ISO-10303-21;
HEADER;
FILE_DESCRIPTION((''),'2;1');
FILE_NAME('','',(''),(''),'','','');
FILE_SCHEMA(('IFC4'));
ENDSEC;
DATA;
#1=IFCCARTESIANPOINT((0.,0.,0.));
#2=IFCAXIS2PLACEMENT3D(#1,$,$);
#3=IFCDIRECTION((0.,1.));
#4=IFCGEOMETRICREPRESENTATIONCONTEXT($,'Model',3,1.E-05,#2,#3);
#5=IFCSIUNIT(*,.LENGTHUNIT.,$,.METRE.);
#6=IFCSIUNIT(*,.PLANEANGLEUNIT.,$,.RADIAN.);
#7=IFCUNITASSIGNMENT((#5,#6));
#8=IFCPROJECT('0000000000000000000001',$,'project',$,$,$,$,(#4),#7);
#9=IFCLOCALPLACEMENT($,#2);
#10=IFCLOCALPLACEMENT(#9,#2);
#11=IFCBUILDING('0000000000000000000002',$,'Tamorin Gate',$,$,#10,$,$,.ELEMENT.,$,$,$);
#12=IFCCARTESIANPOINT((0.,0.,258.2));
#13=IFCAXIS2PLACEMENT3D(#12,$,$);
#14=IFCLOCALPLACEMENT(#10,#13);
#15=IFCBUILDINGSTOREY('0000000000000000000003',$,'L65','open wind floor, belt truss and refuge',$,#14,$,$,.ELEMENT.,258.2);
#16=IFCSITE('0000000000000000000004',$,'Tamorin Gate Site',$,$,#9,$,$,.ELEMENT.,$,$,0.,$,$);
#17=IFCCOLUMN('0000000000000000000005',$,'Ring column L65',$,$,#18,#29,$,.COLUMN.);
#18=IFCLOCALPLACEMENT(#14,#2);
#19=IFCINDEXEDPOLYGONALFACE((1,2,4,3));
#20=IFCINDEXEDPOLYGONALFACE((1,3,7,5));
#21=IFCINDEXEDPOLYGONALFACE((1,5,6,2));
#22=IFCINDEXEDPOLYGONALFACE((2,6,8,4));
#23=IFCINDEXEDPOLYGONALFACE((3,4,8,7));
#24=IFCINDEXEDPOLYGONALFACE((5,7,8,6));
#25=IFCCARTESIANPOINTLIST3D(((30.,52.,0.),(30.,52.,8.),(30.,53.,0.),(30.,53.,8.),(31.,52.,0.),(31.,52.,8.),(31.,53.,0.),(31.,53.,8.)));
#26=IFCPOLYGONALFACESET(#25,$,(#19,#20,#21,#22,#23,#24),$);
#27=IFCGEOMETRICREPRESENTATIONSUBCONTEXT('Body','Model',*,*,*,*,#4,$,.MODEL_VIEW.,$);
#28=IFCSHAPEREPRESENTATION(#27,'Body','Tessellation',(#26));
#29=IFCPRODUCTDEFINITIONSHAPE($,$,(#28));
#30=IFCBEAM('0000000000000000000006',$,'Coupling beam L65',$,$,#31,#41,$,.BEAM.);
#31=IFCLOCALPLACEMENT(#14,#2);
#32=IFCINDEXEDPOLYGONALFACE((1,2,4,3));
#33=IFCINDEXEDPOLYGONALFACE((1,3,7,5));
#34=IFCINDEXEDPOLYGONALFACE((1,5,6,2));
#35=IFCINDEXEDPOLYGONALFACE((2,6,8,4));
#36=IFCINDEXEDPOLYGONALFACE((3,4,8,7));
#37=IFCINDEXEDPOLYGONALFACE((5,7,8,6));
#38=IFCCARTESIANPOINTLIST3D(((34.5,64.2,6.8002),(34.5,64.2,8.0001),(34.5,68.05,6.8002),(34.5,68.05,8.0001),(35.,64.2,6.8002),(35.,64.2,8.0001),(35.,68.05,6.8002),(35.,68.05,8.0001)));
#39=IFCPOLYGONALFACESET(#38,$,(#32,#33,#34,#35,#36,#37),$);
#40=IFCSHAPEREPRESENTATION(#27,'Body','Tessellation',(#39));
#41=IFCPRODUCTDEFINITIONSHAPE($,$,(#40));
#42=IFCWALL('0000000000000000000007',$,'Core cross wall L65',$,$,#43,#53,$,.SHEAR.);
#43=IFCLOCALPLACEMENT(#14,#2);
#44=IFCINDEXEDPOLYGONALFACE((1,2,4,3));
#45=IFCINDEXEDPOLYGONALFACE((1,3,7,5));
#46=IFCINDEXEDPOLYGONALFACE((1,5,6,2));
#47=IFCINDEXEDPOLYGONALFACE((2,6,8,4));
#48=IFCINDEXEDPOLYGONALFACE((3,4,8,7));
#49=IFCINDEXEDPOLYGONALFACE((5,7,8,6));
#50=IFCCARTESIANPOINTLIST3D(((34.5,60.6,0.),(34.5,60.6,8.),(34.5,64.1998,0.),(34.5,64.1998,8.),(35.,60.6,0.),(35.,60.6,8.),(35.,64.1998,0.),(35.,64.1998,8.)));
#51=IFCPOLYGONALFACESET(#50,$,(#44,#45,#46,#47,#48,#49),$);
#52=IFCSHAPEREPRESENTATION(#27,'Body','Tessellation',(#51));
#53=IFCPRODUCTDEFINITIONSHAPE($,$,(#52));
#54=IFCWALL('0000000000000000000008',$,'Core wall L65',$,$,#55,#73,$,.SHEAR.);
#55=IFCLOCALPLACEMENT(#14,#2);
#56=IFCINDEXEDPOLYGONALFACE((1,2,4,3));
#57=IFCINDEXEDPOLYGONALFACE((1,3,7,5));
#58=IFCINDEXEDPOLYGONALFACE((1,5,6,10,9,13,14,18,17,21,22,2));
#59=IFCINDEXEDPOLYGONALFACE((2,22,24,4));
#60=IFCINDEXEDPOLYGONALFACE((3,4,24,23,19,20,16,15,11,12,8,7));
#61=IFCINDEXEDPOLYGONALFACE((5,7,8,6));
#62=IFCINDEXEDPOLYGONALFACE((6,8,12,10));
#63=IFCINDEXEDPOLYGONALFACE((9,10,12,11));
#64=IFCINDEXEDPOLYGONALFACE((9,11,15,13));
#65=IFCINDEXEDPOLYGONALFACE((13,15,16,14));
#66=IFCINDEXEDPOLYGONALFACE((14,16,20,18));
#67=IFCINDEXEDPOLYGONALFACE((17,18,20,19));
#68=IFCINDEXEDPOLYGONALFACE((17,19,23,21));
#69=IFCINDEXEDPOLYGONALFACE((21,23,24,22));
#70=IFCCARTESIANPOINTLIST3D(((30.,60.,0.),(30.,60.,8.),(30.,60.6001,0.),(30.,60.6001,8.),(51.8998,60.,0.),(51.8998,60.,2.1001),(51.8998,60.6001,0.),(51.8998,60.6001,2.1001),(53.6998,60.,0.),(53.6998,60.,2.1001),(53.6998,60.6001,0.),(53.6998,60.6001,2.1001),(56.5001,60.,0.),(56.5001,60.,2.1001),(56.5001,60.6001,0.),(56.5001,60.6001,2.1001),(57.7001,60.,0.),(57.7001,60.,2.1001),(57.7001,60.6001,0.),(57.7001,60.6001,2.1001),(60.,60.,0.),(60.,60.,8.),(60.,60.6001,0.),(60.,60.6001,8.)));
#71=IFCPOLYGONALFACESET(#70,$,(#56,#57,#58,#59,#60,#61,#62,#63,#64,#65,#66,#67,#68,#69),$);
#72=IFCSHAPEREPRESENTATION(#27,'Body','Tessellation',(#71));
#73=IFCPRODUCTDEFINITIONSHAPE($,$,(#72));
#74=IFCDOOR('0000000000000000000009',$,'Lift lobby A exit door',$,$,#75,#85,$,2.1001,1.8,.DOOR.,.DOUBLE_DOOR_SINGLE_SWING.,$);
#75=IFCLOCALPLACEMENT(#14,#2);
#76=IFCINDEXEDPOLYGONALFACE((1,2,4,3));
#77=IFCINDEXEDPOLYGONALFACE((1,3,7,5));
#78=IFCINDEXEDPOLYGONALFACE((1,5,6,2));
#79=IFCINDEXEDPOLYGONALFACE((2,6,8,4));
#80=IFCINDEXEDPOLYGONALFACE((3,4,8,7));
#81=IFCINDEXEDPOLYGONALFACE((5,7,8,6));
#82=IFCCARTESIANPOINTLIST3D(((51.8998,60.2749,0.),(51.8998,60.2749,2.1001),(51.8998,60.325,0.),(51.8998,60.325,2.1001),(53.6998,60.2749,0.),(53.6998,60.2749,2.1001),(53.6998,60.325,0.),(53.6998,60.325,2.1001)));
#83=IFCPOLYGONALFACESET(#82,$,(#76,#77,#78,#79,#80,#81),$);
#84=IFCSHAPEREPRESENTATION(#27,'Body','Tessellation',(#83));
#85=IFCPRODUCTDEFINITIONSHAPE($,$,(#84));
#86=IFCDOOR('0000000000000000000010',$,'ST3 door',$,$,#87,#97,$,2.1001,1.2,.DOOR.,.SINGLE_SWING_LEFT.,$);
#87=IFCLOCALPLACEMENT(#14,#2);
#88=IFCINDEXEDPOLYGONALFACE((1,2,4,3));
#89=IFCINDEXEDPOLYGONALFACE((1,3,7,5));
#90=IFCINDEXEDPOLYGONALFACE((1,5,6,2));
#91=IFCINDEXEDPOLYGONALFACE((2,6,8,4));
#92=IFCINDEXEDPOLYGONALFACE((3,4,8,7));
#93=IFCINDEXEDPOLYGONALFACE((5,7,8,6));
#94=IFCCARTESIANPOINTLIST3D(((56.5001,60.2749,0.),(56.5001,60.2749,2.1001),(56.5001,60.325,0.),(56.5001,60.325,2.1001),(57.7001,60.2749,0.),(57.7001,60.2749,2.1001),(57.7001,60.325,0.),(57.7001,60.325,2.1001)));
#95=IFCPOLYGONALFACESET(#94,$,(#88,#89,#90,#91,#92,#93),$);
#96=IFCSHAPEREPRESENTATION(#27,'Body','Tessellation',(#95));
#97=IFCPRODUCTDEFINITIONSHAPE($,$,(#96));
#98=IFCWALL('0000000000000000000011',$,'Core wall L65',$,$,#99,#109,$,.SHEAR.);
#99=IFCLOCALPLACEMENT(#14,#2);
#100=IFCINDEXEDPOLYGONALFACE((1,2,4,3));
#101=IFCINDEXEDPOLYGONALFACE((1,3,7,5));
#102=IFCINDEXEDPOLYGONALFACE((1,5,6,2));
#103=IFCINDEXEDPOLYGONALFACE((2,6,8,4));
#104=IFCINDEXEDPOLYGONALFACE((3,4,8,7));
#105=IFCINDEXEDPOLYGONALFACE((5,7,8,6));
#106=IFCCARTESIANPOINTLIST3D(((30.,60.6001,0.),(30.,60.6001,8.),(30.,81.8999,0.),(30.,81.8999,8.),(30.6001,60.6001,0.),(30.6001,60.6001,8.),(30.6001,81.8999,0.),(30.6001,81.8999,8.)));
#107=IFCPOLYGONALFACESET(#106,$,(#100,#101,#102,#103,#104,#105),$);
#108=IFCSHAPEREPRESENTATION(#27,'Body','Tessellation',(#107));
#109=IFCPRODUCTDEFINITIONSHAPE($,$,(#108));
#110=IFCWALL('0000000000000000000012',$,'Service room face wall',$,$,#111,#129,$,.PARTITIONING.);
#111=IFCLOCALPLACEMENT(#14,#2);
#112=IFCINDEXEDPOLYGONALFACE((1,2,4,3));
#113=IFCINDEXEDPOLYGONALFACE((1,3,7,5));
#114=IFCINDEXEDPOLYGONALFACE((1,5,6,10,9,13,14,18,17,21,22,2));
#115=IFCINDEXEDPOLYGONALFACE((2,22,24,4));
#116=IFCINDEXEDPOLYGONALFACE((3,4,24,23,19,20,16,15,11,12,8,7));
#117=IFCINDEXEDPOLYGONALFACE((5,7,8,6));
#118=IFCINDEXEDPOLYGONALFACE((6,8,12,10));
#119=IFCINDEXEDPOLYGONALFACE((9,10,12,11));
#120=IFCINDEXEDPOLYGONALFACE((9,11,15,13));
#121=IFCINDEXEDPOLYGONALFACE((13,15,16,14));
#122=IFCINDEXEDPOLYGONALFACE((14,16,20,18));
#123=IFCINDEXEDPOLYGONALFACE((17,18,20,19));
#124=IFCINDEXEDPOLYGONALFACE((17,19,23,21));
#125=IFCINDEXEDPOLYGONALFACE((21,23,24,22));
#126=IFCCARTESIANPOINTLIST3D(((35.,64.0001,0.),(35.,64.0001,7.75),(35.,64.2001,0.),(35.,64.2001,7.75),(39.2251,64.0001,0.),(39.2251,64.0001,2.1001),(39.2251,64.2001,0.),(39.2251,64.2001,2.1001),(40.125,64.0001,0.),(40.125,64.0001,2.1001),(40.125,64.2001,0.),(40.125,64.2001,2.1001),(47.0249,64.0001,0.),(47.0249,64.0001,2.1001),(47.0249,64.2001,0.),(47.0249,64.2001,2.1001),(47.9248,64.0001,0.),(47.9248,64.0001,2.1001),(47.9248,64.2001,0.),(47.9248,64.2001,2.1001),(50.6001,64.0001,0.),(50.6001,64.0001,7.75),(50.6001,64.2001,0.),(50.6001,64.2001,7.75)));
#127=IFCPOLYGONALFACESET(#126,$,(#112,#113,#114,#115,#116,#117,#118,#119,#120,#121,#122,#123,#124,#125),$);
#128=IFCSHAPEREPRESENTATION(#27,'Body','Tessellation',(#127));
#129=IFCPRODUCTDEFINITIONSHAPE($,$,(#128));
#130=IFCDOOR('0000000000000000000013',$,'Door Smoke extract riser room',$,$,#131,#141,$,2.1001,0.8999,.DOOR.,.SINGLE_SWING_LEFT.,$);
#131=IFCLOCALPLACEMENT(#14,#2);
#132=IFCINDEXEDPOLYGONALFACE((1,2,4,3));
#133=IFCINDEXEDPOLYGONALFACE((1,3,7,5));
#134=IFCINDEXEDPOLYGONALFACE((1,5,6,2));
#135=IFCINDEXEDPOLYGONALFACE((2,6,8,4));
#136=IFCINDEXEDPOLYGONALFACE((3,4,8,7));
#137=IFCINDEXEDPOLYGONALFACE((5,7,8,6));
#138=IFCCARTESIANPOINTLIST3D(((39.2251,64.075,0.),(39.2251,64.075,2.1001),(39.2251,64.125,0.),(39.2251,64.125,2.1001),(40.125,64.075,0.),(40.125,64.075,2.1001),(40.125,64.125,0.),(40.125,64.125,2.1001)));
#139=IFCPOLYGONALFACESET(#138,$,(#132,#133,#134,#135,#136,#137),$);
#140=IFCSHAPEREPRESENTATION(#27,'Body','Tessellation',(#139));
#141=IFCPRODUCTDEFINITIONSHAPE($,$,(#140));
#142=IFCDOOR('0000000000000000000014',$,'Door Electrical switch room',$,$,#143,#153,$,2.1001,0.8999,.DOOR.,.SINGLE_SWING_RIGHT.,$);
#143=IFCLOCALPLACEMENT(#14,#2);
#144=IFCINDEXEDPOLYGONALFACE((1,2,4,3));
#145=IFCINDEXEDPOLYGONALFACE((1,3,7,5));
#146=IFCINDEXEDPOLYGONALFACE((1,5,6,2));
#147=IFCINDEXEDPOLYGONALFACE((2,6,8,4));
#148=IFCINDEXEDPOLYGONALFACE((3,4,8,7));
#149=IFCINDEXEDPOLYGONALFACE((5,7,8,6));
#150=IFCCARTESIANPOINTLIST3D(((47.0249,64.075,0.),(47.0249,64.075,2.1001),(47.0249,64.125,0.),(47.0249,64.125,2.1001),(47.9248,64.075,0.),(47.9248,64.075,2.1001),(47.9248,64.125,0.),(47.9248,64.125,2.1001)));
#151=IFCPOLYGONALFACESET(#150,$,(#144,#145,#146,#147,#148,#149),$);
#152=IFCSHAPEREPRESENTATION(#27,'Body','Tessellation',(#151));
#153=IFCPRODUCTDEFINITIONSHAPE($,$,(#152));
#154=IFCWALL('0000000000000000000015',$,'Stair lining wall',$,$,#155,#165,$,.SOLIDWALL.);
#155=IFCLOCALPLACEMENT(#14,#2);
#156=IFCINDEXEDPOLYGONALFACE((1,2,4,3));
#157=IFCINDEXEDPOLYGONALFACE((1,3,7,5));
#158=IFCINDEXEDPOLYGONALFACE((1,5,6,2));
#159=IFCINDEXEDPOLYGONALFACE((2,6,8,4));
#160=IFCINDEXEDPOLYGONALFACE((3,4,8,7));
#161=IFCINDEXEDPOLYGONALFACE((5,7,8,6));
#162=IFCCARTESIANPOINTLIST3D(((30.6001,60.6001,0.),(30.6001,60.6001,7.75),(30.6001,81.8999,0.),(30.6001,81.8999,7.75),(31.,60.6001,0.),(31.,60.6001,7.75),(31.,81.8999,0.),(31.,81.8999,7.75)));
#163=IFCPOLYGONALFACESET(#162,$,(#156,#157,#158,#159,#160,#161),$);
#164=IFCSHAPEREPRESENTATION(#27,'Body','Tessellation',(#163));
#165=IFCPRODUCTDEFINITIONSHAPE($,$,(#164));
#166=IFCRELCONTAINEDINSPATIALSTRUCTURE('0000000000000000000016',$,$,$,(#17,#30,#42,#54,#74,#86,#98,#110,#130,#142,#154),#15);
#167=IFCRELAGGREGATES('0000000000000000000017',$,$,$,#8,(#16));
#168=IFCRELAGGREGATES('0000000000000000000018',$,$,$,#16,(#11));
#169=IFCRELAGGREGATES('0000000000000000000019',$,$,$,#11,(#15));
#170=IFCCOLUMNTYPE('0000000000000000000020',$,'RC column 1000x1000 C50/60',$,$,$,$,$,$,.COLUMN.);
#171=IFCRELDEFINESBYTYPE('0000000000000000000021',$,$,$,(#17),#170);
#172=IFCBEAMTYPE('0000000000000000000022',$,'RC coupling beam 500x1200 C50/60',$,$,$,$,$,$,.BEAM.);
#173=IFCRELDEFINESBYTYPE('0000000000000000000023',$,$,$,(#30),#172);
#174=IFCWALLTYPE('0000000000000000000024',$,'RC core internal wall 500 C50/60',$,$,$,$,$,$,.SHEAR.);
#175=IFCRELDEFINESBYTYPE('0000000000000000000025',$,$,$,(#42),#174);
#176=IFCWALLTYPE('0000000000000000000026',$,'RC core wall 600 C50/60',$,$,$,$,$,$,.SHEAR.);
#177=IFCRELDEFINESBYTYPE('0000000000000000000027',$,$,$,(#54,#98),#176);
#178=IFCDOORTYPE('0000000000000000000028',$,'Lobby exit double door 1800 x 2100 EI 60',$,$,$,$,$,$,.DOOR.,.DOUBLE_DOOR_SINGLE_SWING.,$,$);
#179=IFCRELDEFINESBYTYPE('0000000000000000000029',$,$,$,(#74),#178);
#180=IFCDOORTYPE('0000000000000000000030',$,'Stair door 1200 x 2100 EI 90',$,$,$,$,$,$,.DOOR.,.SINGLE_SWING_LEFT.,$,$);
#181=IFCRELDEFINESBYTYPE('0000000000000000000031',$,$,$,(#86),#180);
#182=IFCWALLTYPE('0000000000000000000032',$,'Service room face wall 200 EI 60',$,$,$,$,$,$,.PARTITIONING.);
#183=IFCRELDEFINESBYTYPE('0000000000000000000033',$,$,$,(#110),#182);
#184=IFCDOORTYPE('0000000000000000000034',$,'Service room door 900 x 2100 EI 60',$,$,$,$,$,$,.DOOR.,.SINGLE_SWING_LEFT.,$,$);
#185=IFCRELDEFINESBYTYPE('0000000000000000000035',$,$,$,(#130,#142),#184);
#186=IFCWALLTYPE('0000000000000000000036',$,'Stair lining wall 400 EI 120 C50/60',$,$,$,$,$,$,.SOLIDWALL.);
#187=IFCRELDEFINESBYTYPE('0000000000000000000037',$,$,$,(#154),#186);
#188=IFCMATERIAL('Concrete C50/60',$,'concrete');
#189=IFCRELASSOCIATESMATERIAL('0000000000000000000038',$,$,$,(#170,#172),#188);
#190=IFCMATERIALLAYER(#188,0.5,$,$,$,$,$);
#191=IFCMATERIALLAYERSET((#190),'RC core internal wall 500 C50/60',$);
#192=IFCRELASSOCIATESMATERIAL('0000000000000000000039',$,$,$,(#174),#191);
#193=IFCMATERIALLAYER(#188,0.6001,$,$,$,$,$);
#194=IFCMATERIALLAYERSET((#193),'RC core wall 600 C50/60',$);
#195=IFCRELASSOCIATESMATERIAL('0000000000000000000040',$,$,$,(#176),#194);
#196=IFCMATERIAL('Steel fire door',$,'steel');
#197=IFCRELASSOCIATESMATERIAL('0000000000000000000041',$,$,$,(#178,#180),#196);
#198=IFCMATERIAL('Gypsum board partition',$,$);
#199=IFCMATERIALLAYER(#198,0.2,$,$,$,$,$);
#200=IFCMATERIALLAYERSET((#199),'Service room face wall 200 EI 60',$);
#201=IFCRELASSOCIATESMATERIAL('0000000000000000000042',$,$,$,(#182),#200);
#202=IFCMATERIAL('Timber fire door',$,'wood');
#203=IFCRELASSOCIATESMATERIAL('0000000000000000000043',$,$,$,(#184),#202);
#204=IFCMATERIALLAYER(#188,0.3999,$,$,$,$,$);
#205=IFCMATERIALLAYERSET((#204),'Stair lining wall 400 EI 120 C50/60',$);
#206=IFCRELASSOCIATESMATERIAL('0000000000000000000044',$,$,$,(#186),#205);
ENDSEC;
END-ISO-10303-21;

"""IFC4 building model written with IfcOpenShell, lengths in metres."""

from ifc_helpers import new_model, si_unit, direction, frame, frame_2d, origin, origin_2d, place, context, subcontext, project, spatial, rectangle, extrude, material, layer, layer_set, material_profile, profile_set, type_object, element, fill, save


model = new_model("IFC4")

# Units and contexts
model_context = context("Model", 3, precision=1e-05, world=origin(), true_north=direction((0.0, 1.0)))
body_context = subcontext(model_context, "Body", "Model", "MODEL_VIEW")
ifc_project = project(units=[si_unit("LENGTHUNIT", "METRE"), si_unit("PLANEANGLEUNIT", "RADIAN")], contexts=[model_context])

# Site, building, storey
site_placement = place(None, origin())
site = spatial("IfcSite", under=ifc_project, at=site_placement, Name="Tamorin Gate Site", CompositionType="ELEMENT", RefElevation=0.0)
building_placement = place(site_placement, origin())
building = spatial("IfcBuilding", under=site, at=building_placement, Name="Tamorin Gate", CompositionType="ELEMENT")
storey_placement = place(building_placement, frame((0.0, 0.0, 258.2)))
storey = spatial("IfcBuildingStorey", under=building, at=storey_placement, Name="L65", Description="open wind floor, belt truss and refuge", CompositionType="ELEMENT", Elevation=258.2)

# Column
ifc_material_1 = material(Name="Concrete C50/60", Category="concrete")
ifc_material_profile_1 = material_profile(ifc_material_1, rectangle(XDim=1.0, YDim=1.0, at=origin_2d()), Name="RC 1000x1000")
ifc_profile_set_1 = profile_set([ifc_material_profile_1], Name="Concrete C50/60")
column_type = type_object("IfcColumnType", Name="RC column 1000x1000 C50/60", PredefinedType="COLUMN", material=ifc_profile_set_1)
column_placement = place(storey_placement, frame((30.5, 52.5, 0.0), z_axis=(0.0, 0.0, 1.0), x_axis=(1.0, 0.0, 0.0)))
element("IfcColumn", 1, at=column_placement, inside=storey, type_object=column_type, Name="Ring column L65", PredefinedType="COLUMN", context=body_context, shape_type="SweptSolid", body=[
    extrude(rectangle(XDim=1.0, YDim=1.0, at=origin_2d()), origin(), (0.0, 0.0, 1.0), 8.0),
])

# Beam
ifc_material_profile_2 = material_profile(ifc_material_1, rectangle(XDim=0.5, YDim=1.2, at=origin_2d()), Name="RC 500x1200")
ifc_profile_set_2 = profile_set([ifc_material_profile_2], Name="Concrete C50/60")
beam_type = type_object("IfcBeamType", Name="RC coupling beam 500x1200 C50/60", PredefinedType="BEAM", material=ifc_profile_set_2)
beam_placement = place(storey_placement, frame((34.75, 64.2, 7.4001), z_axis=(0.0, 1.0, 0.0), x_axis=(-1.0, 0.0, 0.0)))
element("IfcBeam", 2, at=beam_placement, inside=storey, type_object=beam_type, Name="Coupling beam L65", PredefinedType="BEAM", context=body_context, shape_type="SweptSolid", body=[
    extrude(rectangle(XDim=0.5, YDim=1.2, at=origin_2d()), origin(), (0.0, 0.0, 1.0), 3.8501),
])

# Wall
ifc_layer_1 = layer(ifc_material_1, 0.5)
ifc_layer_set_1 = layer_set([ifc_layer_1], Name="RC core internal wall 500 C50/60")
wall_type_1 = type_object("IfcWallType", Name="RC core internal wall 500 C50/60", PredefinedType="SHEAR", material=ifc_layer_set_1)
wall_1_placement = place(storey_placement, frame((34.75, 60.6001, 0.0), z_axis=(0.0, 0.0, 1.0), x_axis=(0.0, 1.0, 0.0)))
element("IfcWall", 3, at=wall_1_placement, inside=storey, type_object=wall_type_1, Name="Core cross wall L65", PredefinedType="SHEAR", context=body_context, shape_type="SweptSolid", body=[
    extrude(rectangle(XDim=3.5999, YDim=0.5, at=frame_2d((1.7998, 0.0))), origin(), (0.0, 0.0, 1.0), 8.0),
])

# Wall, openings, doors
ifc_layer_2 = layer(ifc_material_1, 0.6001)
ifc_layer_set_2 = layer_set([ifc_layer_2], Name="RC core wall 600 C50/60")
wall_type_2 = type_object("IfcWallType", Name="RC core wall 600 C50/60", PredefinedType="SHEAR", material=ifc_layer_set_2)
wall_2_placement = place(storey_placement, frame((30.0, 60.3, 0.0), z_axis=(0.0, 0.0, 1.0), x_axis=(1.0, 0.0, 0.0)))
wall_2 = element("IfcWall", 4, at=wall_2_placement, inside=storey, type_object=wall_type_2, Name="Core wall L65", PredefinedType="SHEAR", context=body_context, shape_type="SweptSolid", body=[
    extrude(rectangle(XDim=30.0, YDim=0.6001, at=frame_2d((15.0, 0.0))), origin(), (0.0, 0.0, 1.0), 8.0),
])
opening_1_placement = place(wall_2_placement, frame((21.8999, 0.0, 0.0)))
opening_1 = element("IfcOpeningElement", 5, at=opening_1_placement, cuts=wall_2, PredefinedType="OPENING", context=body_context, shape_type="SweptSolid", body=[
    extrude(rectangle(XDim=1.8, YDim=2.1001, at=frame_2d((0.8999, 1.05))), frame((0.0, 0.3101, 0.0), z_axis=(0.0, -1.0, 0.0), x_axis=(1.0, 0.0, 0.0)), (0.0, 0.0, 1.0), 0.6201),
])
opening_2_placement = place(wall_2_placement, frame((26.5, 0.0, 0.0)))
opening_2 = element("IfcOpeningElement", 6, at=opening_2_placement, cuts=wall_2, PredefinedType="OPENING", context=body_context, shape_type="SweptSolid", body=[
    extrude(rectangle(XDim=1.2, YDim=2.1001, at=frame_2d((0.6001, 1.05))), frame((0.0, 0.3101, 0.0), z_axis=(0.0, -1.0, 0.0), x_axis=(1.0, 0.0, 0.0)), (0.0, 0.0, 1.0), 0.6201),
])
ifc_material_2 = material(Name="Steel fire door", Category="steel")
door_type_1 = type_object("IfcDoorType", Name="Lobby exit double door 1800 x 2100 EI 60", OperationType="DOUBLE_DOOR_SINGLE_SWING", PredefinedType="DOOR", material=ifc_material_2)
door_1_placement = place(opening_1_placement, origin())
door_1 = element("IfcDoor", 7, at=door_1_placement, inside=storey, type_object=door_type_1, Name="Lift lobby A exit door", OperationType="DOUBLE_DOOR_SINGLE_SWING", OverallHeight=2.1001, OverallWidth=1.8, PredefinedType="DOOR", context=body_context, shape_type="SweptSolid", body=[
    extrude(rectangle(XDim=1.8, YDim=2.1001, at=frame_2d((0.8999, 1.05))), frame((0.0, 0.0249, 0.0), z_axis=(0.0, -1.0, 0.0), x_axis=(1.0, 0.0, 0.0)), (0.0, 0.0, 1.0), 0.05),
])
fill(opening_1, door_1)
door_type_2 = type_object("IfcDoorType", Name="Stair door 1200 x 2100 EI 90", OperationType="SINGLE_SWING_LEFT", PredefinedType="DOOR", material=ifc_material_2)
door_2_placement = place(opening_2_placement, origin())
door_2 = element("IfcDoor", 8, at=door_2_placement, inside=storey, type_object=door_type_2, Name="ST3 door", OperationType="SINGLE_SWING_LEFT", OverallHeight=2.1001, OverallWidth=1.2, PredefinedType="DOOR", context=body_context, shape_type="SweptSolid", body=[
    extrude(rectangle(XDim=1.2, YDim=2.1001, at=frame_2d((0.6001, 1.05))), frame((0.0, 0.0249, 0.0), z_axis=(0.0, -1.0, 0.0), x_axis=(1.0, 0.0, 0.0)), (0.0, 0.0, 1.0), 0.05),
])
fill(opening_2, door_2)

# Wall
wall_3_placement = place(storey_placement, frame((30.3, 60.6001, 0.0), z_axis=(0.0, 0.0, 1.0), x_axis=(0.0, 1.0, 0.0)))
element("IfcWall", 9, at=wall_3_placement, inside=storey, type_object=wall_type_2, Name="Core wall L65", PredefinedType="SHEAR", context=body_context, shape_type="SweptSolid", body=[
    extrude(rectangle(XDim=21.2998, YDim=0.6001, at=frame_2d((10.6499, 0.0))), origin(), (0.0, 0.0, 1.0), 8.0),
])

# Wall, openings, doors
ifc_material_3 = material(Name="Gypsum board partition")
ifc_layer_3 = layer(ifc_material_3, 0.2)
ifc_layer_set_3 = layer_set([ifc_layer_3], Name="Service room face wall 200 EI 60")
wall_type_3 = type_object("IfcWallType", Name="Service room face wall 200 EI 60", PredefinedType="PARTITIONING", material=ifc_layer_set_3)
wall_4_placement = place(storey_placement, frame((35.0, 64.1001, 0.0), z_axis=(0.0, 0.0, 1.0), x_axis=(1.0, 0.0, 0.0)))
wall_4 = element("IfcWall", 10, at=wall_4_placement, inside=storey, type_object=wall_type_3, Name="Service room face wall", PredefinedType="PARTITIONING", context=body_context, shape_type="SweptSolid", body=[
    extrude(rectangle(XDim=15.6001, YDim=0.2, at=frame_2d((7.8, 0.0))), origin(), (0.0, 0.0, 1.0), 7.75),
])
opening_3_placement = place(wall_4_placement, frame((4.2251, 0.0, 0.0)))
opening_3 = element("IfcOpeningElement", 11, at=opening_3_placement, cuts=wall_4, PredefinedType="OPENING", context=body_context, shape_type="SweptSolid", body=[
    extrude(rectangle(XDim=0.8999, YDim=2.1001, at=frame_2d((0.45, 1.05))), frame((0.0, 0.1099, 0.0), z_axis=(0.0, -1.0, 0.0), x_axis=(1.0, 0.0, 0.0)), (0.0, 0.0, 1.0), 0.22),
])
opening_4_placement = place(wall_4_placement, frame((12.0249, 0.0, 0.0)))
opening_4 = element("IfcOpeningElement", 12, at=opening_4_placement, cuts=wall_4, PredefinedType="OPENING", context=body_context, shape_type="SweptSolid", body=[
    extrude(rectangle(XDim=0.8999, YDim=2.1001, at=frame_2d((0.45, 1.05))), frame((0.0, 0.1099, 0.0), z_axis=(0.0, -1.0, 0.0), x_axis=(1.0, 0.0, 0.0)), (0.0, 0.0, 1.0), 0.22),
])
ifc_material_4 = material(Name="Timber fire door", Category="wood")
door_type_3 = type_object("IfcDoorType", Name="Service room door 900 x 2100 EI 60", OperationType="SINGLE_SWING_LEFT", PredefinedType="DOOR", material=ifc_material_4)
door_3_placement = place(opening_3_placement, origin())
door_3 = element("IfcDoor", 13, at=door_3_placement, inside=storey, type_object=door_type_3, Name="Door Smoke extract riser room", OperationType="SINGLE_SWING_LEFT", OverallHeight=2.1001, OverallWidth=0.8999, PredefinedType="DOOR", context=body_context, shape_type="SweptSolid", body=[
    extrude(rectangle(XDim=0.8999, YDim=2.1001, at=frame_2d((0.45, 1.05))), frame((0.0, 0.0249, 0.0), z_axis=(0.0, -1.0, 0.0), x_axis=(1.0, 0.0, 0.0)), (0.0, 0.0, 1.0), 0.05),
])
fill(opening_3, door_3)
door_4_placement = place(opening_4_placement, origin())
door_4 = element("IfcDoor", 14, at=door_4_placement, inside=storey, type_object=door_type_3, Name="Door Electrical switch room", OperationType="SINGLE_SWING_RIGHT", OverallHeight=2.1001, OverallWidth=0.8999, PredefinedType="DOOR", context=body_context, shape_type="SweptSolid", body=[
    extrude(rectangle(XDim=0.8999, YDim=2.1001, at=frame_2d((0.45, 1.05))), frame((0.0, 0.0249, 0.0), z_axis=(0.0, -1.0, 0.0), x_axis=(1.0, 0.0, 0.0)), (0.0, 0.0, 1.0), 0.05),
])
fill(opening_4, door_4)

# Wall
ifc_layer_4 = layer(ifc_material_1, 0.3999)
ifc_layer_set_4 = layer_set([ifc_layer_4], Name="Stair lining wall 400 EI 120 C50/60")
wall_type_4 = type_object("IfcWallType", Name="Stair lining wall 400 EI 120 C50/60", PredefinedType="SOLIDWALL", material=ifc_layer_set_4)
wall_5_placement = place(storey_placement, frame((30.8, 60.6001, 0.0), z_axis=(0.0, 0.0, 1.0), x_axis=(0.0, 1.0, 0.0)))
element("IfcWall", 15, at=wall_5_placement, inside=storey, type_object=wall_type_4, Name="Stair lining wall", PredefinedType="SOLIDWALL", context=body_context, shape_type="SweptSolid", body=[
    extrude(rectangle(XDim=21.2998, YDim=0.3999, at=frame_2d((10.6499, 0.0))), origin(), (0.0, 0.0, 1.0), 7.75),
])

save(model, "model.ifc")
